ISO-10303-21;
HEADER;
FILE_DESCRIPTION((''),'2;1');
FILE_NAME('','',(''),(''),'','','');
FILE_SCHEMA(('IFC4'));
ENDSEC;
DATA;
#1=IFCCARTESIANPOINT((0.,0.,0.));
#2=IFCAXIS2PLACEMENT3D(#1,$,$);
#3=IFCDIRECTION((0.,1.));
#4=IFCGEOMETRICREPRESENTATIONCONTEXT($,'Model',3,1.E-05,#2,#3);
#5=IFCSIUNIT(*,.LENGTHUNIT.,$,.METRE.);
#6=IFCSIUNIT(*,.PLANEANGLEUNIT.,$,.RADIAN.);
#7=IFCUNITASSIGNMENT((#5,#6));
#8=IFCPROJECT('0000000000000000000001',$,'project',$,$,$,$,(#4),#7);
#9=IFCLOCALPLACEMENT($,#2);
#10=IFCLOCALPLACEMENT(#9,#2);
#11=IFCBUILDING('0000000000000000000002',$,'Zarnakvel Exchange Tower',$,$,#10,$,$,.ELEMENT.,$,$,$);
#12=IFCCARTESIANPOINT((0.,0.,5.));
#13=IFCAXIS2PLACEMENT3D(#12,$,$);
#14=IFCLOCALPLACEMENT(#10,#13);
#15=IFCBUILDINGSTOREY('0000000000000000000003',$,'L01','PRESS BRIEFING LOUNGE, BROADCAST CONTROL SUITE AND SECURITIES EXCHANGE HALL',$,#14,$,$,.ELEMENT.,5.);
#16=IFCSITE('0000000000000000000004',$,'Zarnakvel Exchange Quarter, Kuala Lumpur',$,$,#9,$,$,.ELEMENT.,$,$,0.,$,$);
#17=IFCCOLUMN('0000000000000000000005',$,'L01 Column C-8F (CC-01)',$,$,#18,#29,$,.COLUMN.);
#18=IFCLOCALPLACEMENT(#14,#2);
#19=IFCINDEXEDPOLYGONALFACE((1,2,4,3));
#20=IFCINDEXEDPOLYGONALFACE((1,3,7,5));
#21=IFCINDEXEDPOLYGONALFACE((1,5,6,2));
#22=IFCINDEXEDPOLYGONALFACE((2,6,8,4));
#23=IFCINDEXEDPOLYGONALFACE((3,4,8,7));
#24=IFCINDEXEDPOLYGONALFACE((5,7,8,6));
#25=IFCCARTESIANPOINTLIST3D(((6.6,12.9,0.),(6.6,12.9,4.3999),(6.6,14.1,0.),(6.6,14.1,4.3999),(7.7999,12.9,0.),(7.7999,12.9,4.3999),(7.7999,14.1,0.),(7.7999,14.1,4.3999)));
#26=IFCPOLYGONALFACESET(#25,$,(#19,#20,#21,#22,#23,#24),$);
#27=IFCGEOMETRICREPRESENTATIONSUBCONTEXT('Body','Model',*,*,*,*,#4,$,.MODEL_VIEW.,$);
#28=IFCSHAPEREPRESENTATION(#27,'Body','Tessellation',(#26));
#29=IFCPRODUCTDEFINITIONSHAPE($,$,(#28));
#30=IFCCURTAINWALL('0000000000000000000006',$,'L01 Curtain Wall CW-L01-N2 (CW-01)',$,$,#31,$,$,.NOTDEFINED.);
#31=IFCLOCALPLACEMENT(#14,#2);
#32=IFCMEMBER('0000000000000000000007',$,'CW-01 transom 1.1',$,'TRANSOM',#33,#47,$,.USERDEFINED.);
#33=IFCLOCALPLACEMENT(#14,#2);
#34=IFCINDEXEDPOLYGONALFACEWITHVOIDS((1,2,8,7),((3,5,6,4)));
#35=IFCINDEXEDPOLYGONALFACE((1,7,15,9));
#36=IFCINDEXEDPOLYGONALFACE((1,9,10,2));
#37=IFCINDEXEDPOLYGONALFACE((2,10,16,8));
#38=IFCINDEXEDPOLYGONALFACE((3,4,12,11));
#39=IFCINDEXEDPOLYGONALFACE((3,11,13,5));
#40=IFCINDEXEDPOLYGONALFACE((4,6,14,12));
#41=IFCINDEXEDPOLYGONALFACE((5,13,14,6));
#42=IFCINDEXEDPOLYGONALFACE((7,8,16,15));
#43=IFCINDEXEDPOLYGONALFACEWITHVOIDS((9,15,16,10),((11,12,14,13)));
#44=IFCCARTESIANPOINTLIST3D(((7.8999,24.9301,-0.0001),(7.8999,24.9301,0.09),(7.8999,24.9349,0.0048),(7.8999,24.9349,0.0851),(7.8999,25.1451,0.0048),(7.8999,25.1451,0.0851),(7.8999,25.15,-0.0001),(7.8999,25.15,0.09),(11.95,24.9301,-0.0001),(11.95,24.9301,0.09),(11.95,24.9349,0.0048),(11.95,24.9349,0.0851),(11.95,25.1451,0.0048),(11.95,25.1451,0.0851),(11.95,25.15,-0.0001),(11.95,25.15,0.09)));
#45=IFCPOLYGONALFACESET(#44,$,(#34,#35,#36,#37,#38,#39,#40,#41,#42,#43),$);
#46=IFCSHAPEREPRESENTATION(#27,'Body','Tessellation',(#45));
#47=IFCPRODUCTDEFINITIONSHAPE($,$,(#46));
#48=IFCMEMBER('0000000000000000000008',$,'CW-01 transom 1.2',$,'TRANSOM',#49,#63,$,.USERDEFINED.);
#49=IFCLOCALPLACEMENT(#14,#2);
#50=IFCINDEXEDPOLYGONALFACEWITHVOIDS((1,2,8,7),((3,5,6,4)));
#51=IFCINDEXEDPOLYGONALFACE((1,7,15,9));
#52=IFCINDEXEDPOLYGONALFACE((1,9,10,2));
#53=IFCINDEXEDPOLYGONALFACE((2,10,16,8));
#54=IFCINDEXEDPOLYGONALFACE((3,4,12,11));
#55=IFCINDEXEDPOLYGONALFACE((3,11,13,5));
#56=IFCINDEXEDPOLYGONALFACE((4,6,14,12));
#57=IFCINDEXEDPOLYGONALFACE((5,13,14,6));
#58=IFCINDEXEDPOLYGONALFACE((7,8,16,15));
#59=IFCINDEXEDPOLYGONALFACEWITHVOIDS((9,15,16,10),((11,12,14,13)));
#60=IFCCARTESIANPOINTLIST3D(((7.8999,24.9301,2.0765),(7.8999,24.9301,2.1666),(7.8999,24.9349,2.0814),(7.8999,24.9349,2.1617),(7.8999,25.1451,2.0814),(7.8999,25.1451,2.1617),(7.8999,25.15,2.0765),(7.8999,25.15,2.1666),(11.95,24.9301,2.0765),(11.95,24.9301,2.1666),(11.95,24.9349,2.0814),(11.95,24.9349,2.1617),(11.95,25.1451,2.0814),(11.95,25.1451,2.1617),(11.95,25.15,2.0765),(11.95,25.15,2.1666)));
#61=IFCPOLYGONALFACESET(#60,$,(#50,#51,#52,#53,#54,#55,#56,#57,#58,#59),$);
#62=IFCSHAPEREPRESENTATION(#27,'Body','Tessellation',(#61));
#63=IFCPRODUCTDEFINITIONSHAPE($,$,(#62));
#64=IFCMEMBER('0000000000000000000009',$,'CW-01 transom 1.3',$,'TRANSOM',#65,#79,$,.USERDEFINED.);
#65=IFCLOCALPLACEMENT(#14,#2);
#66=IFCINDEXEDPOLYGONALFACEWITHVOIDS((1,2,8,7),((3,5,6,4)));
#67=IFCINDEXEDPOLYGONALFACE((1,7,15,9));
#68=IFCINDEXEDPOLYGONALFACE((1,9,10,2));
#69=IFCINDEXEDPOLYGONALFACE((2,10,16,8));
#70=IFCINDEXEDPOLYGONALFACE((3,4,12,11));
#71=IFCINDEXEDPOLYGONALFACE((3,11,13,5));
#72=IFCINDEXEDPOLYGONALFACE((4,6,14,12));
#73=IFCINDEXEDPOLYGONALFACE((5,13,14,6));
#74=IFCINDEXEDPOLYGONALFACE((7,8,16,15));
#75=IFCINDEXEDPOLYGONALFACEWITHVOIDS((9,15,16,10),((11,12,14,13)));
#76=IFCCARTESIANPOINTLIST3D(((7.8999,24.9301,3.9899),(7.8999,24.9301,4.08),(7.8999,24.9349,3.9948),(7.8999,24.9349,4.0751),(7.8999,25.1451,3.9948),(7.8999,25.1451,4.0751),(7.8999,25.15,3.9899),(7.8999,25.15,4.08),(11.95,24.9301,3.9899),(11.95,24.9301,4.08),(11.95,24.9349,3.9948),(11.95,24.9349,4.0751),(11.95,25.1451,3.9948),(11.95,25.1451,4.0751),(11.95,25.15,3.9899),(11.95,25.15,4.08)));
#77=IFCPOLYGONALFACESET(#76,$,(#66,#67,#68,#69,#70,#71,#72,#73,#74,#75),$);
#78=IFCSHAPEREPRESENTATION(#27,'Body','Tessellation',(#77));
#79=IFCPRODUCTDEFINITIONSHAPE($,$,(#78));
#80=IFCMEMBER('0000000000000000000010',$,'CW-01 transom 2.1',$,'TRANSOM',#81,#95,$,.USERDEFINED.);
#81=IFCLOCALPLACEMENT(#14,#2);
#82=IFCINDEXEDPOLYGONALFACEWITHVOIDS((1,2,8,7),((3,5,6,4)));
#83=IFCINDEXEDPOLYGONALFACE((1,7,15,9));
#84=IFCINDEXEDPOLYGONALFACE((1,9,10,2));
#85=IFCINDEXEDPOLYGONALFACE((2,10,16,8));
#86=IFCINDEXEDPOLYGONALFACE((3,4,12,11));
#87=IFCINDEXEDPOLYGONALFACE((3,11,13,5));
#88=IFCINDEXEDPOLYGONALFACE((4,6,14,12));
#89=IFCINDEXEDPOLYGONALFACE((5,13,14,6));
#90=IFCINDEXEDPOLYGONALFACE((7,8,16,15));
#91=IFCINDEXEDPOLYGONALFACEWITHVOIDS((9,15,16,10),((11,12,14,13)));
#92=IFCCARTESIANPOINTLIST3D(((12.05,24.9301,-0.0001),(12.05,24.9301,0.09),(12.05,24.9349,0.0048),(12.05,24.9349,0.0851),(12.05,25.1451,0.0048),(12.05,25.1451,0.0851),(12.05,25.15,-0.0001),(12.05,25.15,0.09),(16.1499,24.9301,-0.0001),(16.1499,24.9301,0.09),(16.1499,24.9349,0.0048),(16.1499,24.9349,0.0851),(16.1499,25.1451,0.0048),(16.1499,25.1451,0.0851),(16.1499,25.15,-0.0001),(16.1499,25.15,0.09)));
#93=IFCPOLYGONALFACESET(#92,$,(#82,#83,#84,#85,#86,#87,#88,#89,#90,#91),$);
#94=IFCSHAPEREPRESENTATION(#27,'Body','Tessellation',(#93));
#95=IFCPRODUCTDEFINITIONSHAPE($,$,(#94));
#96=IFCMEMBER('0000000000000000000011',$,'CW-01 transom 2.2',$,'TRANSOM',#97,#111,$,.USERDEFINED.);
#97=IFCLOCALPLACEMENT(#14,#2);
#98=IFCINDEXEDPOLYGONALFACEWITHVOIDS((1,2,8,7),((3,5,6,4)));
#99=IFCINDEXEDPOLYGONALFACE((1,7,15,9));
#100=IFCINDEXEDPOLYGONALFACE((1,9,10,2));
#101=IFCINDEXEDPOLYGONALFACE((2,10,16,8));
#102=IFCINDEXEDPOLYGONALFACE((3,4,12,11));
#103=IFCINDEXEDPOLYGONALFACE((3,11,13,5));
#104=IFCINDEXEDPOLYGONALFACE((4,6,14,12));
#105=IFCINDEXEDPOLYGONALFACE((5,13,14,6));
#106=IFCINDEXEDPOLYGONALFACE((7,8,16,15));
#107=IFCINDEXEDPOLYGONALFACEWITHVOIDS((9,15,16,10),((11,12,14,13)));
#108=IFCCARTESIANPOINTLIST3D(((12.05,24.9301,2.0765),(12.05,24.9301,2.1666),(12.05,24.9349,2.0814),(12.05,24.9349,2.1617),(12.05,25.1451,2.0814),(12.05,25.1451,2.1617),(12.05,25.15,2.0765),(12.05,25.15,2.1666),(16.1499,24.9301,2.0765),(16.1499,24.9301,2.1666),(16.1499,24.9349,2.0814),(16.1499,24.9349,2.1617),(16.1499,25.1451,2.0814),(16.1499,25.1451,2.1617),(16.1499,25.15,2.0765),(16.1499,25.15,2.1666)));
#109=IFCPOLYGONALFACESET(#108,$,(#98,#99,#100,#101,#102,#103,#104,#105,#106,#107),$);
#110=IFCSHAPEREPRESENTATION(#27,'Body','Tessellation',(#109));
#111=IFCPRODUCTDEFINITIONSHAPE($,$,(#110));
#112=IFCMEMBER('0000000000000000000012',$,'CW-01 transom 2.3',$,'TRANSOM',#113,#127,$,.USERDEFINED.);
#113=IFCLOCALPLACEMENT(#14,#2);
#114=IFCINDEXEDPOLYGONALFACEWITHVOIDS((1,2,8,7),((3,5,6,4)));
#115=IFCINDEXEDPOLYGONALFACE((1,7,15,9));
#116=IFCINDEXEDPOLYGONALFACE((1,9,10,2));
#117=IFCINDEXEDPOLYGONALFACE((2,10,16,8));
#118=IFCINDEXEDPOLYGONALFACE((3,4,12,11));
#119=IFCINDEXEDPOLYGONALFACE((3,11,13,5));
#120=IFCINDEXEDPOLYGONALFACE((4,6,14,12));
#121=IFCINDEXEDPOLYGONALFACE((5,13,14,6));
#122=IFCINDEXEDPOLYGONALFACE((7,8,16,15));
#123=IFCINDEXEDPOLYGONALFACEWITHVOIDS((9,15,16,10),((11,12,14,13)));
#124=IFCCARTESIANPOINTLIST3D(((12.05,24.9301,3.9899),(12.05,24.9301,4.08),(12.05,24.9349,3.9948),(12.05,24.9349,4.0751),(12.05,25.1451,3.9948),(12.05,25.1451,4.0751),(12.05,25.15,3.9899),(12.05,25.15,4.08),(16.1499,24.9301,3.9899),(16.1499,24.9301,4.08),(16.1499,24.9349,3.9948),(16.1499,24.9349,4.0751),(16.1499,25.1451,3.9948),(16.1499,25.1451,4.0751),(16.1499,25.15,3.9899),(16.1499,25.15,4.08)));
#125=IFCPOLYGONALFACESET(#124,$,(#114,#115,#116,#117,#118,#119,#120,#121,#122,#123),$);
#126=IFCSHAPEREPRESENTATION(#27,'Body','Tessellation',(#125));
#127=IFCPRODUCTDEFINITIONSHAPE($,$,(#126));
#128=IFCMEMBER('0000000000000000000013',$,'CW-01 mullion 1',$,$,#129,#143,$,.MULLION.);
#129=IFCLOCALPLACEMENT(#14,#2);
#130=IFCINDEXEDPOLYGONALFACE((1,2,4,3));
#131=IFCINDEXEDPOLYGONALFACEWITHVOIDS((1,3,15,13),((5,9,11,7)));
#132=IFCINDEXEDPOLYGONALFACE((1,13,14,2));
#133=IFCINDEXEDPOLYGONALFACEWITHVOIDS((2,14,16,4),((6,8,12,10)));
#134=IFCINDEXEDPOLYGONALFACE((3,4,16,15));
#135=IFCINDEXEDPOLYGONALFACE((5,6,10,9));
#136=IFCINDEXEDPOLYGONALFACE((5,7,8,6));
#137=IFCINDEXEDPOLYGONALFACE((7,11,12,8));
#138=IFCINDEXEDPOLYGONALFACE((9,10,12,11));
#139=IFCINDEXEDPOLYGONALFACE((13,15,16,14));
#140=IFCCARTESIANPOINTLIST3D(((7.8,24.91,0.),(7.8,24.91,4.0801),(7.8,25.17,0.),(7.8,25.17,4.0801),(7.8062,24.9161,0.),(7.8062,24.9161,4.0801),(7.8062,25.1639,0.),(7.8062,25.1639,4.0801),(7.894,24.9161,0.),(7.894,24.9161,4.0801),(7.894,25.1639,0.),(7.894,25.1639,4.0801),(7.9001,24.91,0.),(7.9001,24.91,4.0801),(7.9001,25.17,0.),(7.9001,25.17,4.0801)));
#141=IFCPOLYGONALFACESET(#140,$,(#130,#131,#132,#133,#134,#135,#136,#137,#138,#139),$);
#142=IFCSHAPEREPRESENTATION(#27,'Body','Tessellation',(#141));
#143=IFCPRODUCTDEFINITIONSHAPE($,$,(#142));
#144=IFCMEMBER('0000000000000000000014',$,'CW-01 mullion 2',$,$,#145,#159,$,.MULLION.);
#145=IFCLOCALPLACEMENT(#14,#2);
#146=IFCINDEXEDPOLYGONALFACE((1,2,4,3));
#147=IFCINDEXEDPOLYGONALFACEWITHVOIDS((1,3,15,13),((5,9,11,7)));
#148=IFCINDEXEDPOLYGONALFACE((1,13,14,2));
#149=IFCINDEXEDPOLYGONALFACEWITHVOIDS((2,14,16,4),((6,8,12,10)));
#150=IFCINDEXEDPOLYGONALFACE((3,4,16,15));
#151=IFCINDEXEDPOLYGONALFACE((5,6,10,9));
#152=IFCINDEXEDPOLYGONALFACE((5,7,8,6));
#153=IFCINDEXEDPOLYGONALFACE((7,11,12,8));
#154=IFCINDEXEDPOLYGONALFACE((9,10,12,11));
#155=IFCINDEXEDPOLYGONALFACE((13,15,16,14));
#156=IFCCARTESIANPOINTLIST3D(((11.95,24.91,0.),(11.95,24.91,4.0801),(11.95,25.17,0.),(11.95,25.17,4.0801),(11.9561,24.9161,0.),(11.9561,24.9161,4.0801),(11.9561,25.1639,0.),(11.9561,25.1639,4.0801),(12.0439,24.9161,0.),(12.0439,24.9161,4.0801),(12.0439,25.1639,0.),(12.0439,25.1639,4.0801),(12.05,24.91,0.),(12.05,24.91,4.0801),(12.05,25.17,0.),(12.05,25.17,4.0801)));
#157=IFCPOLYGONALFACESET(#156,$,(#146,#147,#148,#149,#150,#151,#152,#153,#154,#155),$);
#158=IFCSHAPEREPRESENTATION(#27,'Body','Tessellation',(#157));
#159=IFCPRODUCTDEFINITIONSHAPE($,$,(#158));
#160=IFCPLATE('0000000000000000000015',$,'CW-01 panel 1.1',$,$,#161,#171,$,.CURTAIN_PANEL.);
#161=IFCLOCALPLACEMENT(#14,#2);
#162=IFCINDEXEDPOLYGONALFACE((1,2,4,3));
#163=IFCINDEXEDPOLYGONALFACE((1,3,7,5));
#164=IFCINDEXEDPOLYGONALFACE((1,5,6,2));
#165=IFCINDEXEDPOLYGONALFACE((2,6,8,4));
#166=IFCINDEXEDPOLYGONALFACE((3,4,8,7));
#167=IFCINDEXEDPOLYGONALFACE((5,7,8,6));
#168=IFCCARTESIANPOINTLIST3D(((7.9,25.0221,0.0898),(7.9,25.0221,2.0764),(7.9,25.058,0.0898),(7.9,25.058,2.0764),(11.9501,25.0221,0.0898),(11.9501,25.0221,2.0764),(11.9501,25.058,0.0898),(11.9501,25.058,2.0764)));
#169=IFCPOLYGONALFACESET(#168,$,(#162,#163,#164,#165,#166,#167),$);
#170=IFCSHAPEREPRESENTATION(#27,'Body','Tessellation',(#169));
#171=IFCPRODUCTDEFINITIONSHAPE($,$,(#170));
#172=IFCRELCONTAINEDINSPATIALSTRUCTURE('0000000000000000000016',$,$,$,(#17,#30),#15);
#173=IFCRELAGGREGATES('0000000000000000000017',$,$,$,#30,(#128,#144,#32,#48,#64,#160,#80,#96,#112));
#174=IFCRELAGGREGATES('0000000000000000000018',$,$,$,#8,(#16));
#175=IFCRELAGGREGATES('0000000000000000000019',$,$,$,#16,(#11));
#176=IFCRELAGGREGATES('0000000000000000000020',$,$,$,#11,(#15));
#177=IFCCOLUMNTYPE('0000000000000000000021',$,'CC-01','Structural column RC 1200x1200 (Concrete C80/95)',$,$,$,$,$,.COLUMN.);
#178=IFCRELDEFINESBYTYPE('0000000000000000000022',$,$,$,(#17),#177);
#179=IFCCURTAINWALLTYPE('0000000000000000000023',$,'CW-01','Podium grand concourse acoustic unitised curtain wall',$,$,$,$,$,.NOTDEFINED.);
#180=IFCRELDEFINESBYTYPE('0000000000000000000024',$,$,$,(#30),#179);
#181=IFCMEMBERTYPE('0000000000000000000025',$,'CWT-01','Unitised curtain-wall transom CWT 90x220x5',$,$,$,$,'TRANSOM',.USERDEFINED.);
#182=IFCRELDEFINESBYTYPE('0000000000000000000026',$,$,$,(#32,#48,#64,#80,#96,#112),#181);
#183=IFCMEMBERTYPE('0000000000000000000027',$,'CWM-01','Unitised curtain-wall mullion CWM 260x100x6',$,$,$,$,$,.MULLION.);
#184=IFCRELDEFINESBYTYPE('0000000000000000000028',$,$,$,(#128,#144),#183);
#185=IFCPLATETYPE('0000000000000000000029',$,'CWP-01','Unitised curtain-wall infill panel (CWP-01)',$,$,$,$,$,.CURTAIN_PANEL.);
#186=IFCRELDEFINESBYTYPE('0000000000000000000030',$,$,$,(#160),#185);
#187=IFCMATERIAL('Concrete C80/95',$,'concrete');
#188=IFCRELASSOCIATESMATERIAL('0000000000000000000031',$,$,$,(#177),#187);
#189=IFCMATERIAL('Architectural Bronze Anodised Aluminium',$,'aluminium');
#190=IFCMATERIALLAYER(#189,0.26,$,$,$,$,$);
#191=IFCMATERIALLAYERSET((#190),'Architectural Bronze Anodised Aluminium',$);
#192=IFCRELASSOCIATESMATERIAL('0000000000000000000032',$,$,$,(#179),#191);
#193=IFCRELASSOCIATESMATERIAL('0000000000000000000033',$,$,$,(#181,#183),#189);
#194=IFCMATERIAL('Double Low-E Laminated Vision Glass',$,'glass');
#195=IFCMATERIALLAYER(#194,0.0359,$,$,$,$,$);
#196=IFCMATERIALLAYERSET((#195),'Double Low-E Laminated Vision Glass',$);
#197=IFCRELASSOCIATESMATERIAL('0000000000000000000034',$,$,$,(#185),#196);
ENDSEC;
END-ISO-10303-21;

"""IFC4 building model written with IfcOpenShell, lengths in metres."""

from ifc_helpers import new_model, si_unit, direction, frame, origin, origin_2d, place, context, subcontext, project, spatial, rectangle, hollow_rectangle, extrude, source, transform, mapped, material, layer, layer_set, material_profile, profile_set, type_object, element, aggregate, save


model = new_model("IFC4")

# Units and contexts
model_context = context("Model", 3, precision=1e-05, world=origin(), true_north=direction((0.0, 1.0)))
body_context = subcontext(model_context, "Body", "Model", "MODEL_VIEW")
ifc_project = project(units=[si_unit("LENGTHUNIT", "METRE"), si_unit("PLANEANGLEUNIT", "RADIAN")], contexts=[model_context])

# Site, building, storey
site_placement = place(None, origin())
site = spatial("IfcSite", under=ifc_project, at=site_placement, Name="Zarnakvel Exchange Quarter, Kuala Lumpur", CompositionType="ELEMENT", RefElevation=0.0)
building_placement = place(site_placement, origin())
building = spatial("IfcBuilding", under=site, at=building_placement, Name="Zarnakvel Exchange Tower", CompositionType="ELEMENT")
storey_placement = place(building_placement, frame((0.0, 0.0, 5.0)))
storey = spatial("IfcBuildingStorey", under=building, at=storey_placement, Name="L01", Description="PRESS BRIEFING LOUNGE, BROADCAST CONTROL SUITE AND SECURITIES EXCHANGE HALL", CompositionType="ELEMENT", Elevation=5.0)

# Column
ifc_material_1 = material(Name="Concrete C80/95", Category="concrete")
ifc_material_profile_1 = material_profile(ifc_material_1, rectangle(XDim=1.2, YDim=1.2, at=origin_2d()))
ifc_profile_set_1 = profile_set([ifc_material_profile_1], Name="Concrete C80/95")
column_type = type_object("IfcColumnType", Name="CC-01", Description="Structural column RC 1200x1200 (Concrete C80/95)", PredefinedType="COLUMN", material=ifc_profile_set_1)
column_placement = place(storey_placement, frame((7.2, 13.5, 0.0), z_axis=(0.0, 0.0, 1.0), x_axis=(1.0, 0.0, 0.0)))
element("IfcColumn", 1, at=column_placement, inside=storey, type_object=column_type, Name="L01 Column C-8F (CC-01)", PredefinedType="COLUMN", context=body_context, shape_type="SweptSolid", body=[
    extrude(rectangle(XDim=1.2, YDim=1.2, at=origin_2d()), origin(), (0.0, 0.0, 1.0), 4.3999),
])

# Curtain wall, members, plate
ifc_material_2 = material(Name="Architectural Bronze Anodised Aluminium", Category="aluminium")
ifc_layer_1 = layer(ifc_material_2, 0.26)
ifc_layer_set_1 = layer_set([ifc_layer_1], Name="Architectural Bronze Anodised Aluminium")
curtain_wall_type = type_object("IfcCurtainWallType", Name="CW-01", Description="Podium grand concourse acoustic unitised curtain wall", PredefinedType="NOTDEFINED", material=ifc_layer_set_1)
curtain_wall_placement = place(storey_placement, origin())
curtain_wall = element("IfcCurtainWall", 2, at=curtain_wall_placement, inside=storey, type_object=curtain_wall_type, Name="L01 Curtain Wall CW-L01-N2 (CW-01)", PredefinedType="NOTDEFINED")
ifc_material_profile_2 = material_profile(ifc_material_2, hollow_rectangle(XDim=0.22, YDim=0.0901, WallThickness=0.0049, at=origin_2d()))
ifc_profile_set_2 = profile_set([ifc_material_profile_2], Name="Architectural Bronze Anodised Aluminium")
member_type_1 = type_object("IfcMemberType", Name="CWT-01", Description="Unitised curtain-wall transom CWT 90x220x5", ElementType="TRANSOM", PredefinedType="USERDEFINED", material=ifc_profile_set_2)
shared_shape_1 = source(origin(), body_context, "Body", "SweptSolid", [
    extrude(hollow_rectangle(XDim=0.22, YDim=0.0901, WallThickness=0.0049, at=origin_2d()), origin(), (0.0, 0.0, 1.0), 4.05),
])
member_1_placement = place(storey_placement, frame((7.8999, 25.04, 0.0449), z_axis=(1.0, 0.0, 0.0), x_axis=(0.0, 1.0, 0.0)))
member_1 = element("IfcMember", 3, at=member_1_placement, type_object=member_type_1, Name="CW-01 transom 1.1", ObjectType="TRANSOM", PredefinedType="USERDEFINED", context=body_context, shape_type="MappedRepresentation", body=[
    mapped(shared_shape_1, transform((0.0, 0.0, 0.0), x_axis=(1.0, 0.0, 0.0), y_axis=(0.0, 1.0, 0.0), z_axis=(0.0, 0.0, 1.0), scale=1.0)),
])
member_2_placement = place(storey_placement, frame((7.8999, 25.04, 2.1216), z_axis=(1.0, 0.0, 0.0), x_axis=(0.0, 1.0, 0.0)))
member_2 = element("IfcMember", 4, at=member_2_placement, type_object=member_type_1, Name="CW-01 transom 1.2", ObjectType="TRANSOM", PredefinedType="USERDEFINED", context=body_context, shape_type="MappedRepresentation", body=[
    mapped(shared_shape_1, transform((0.0, 0.0, 0.0), x_axis=(1.0, 0.0, 0.0), y_axis=(0.0, 1.0, 0.0), z_axis=(0.0, 0.0, 1.0), scale=1.0)),
])
member_3_placement = place(storey_placement, frame((7.8999, 25.04, 4.0349), z_axis=(1.0, 0.0, 0.0), x_axis=(0.0, 1.0, 0.0)))
member_3 = element("IfcMember", 5, at=member_3_placement, type_object=member_type_1, Name="CW-01 transom 1.3", ObjectType="TRANSOM", PredefinedType="USERDEFINED", context=body_context, shape_type="MappedRepresentation", body=[
    mapped(shared_shape_1, transform((0.0, 0.0, 0.0), x_axis=(1.0, 0.0, 0.0), y_axis=(0.0, 1.0, 0.0), z_axis=(0.0, 0.0, 1.0), scale=1.0)),
])
shared_shape_2 = source(origin(), body_context, "Body", "SweptSolid", [
    extrude(hollow_rectangle(XDim=0.22, YDim=0.0901, WallThickness=0.0049, at=origin_2d()), origin(), (0.0, 0.0, 1.0), 4.0999),
])
member_4_placement = place(storey_placement, frame((12.05, 25.04, 0.0449), z_axis=(1.0, 0.0, 0.0), x_axis=(0.0, 1.0, 0.0)))
member_4 = element("IfcMember", 6, at=member_4_placement, type_object=member_type_1, Name="CW-01 transom 2.1", ObjectType="TRANSOM", PredefinedType="USERDEFINED", context=body_context, shape_type="MappedRepresentation", body=[
    mapped(shared_shape_2, transform((0.0, 0.0, 0.0), x_axis=(1.0, 0.0, 0.0), y_axis=(0.0, 1.0, 0.0), z_axis=(0.0, 0.0, 1.0), scale=1.0)),
])
member_5_placement = place(storey_placement, frame((12.05, 25.04, 2.1216), z_axis=(1.0, 0.0, 0.0), x_axis=(0.0, 1.0, 0.0)))
member_5 = element("IfcMember", 7, at=member_5_placement, type_object=member_type_1, Name="CW-01 transom 2.2", ObjectType="TRANSOM", PredefinedType="USERDEFINED", context=body_context, shape_type="MappedRepresentation", body=[
    mapped(shared_shape_2, transform((0.0, 0.0, 0.0), x_axis=(1.0, 0.0, 0.0), y_axis=(0.0, 1.0, 0.0), z_axis=(0.0, 0.0, 1.0), scale=1.0)),
])
member_6_placement = place(storey_placement, frame((12.05, 25.04, 4.0349), z_axis=(1.0, 0.0, 0.0), x_axis=(0.0, 1.0, 0.0)))
member_6 = element("IfcMember", 8, at=member_6_placement, type_object=member_type_1, Name="CW-01 transom 2.3", ObjectType="TRANSOM", PredefinedType="USERDEFINED", context=body_context, shape_type="MappedRepresentation", body=[
    mapped(shared_shape_2, transform((0.0, 0.0, 0.0), x_axis=(1.0, 0.0, 0.0), y_axis=(0.0, 1.0, 0.0), z_axis=(0.0, 0.0, 1.0), scale=1.0)),
])
ifc_material_profile_3 = material_profile(ifc_material_2, hollow_rectangle(XDim=0.26, YDim=0.1001, WallThickness=0.0061, at=origin_2d()))
ifc_profile_set_3 = profile_set([ifc_material_profile_3], Name="Architectural Bronze Anodised Aluminium")
member_type_2 = type_object("IfcMemberType", Name="CWM-01", Description="Unitised curtain-wall mullion CWM 260x100x6", PredefinedType="MULLION", material=ifc_profile_set_3)
shared_shape_3 = source(origin(), body_context, "Body", "SweptSolid", [
    extrude(hollow_rectangle(XDim=0.26, YDim=0.1001, WallThickness=0.0061, at=origin_2d()), origin(), (0.0, 0.0, 1.0), 4.0801),
])
member_7_placement = place(storey_placement, frame((7.8501, 25.04, 0.0), z_axis=(0.0, 0.0, 1.0), x_axis=(0.0, 1.0, 0.0)))
member_7 = element("IfcMember", 9, at=member_7_placement, type_object=member_type_2, Name="CW-01 mullion 1", PredefinedType="MULLION", context=body_context, shape_type="MappedRepresentation", body=[
    mapped(shared_shape_3, transform((0.0, 0.0, 0.0), x_axis=(1.0, 0.0, 0.0), y_axis=(0.0, 1.0, 0.0), z_axis=(0.0, 0.0, 1.0), scale=1.0)),
])
member_8_placement = place(storey_placement, frame((12.0, 25.04, 0.0), z_axis=(0.0, 0.0, 1.0), x_axis=(0.0, 1.0, 0.0)))
member_8 = element("IfcMember", 10, at=member_8_placement, type_object=member_type_2, Name="CW-01 mullion 2", PredefinedType="MULLION", context=body_context, shape_type="MappedRepresentation", body=[
    mapped(shared_shape_3, transform((0.0, 0.0, 0.0), x_axis=(1.0, 0.0, 0.0), y_axis=(0.0, 1.0, 0.0), z_axis=(0.0, 0.0, 1.0), scale=1.0)),
])
ifc_material_3 = material(Name="Double Low-E Laminated Vision Glass", Category="glass")
ifc_layer_2 = layer(ifc_material_3, 0.0359)
ifc_layer_set_2 = layer_set([ifc_layer_2], Name="Double Low-E Laminated Vision Glass")
plate_type = type_object("IfcPlateType", Name="CWP-01", Description="Unitised curtain-wall infill panel (CWP-01)", PredefinedType="CURTAIN_PANEL", material=ifc_layer_set_2)
shared_shape_4 = source(origin(), body_context, "Body", "SweptSolid", [
    extrude(rectangle(XDim=4.05, YDim=0.0359, at=origin_2d()), origin(), (0.0, 0.0, 1.0), 1.9866),
])
plate_1_placement = place(storey_placement, frame((9.925, 25.04, 0.0898), z_axis=(0.0, 0.0, 1.0), x_axis=(1.0, 0.0, 0.0)))
plate_1 = element("IfcPlate", 11, at=plate_1_placement, type_object=plate_type, Name="CW-01 panel 1.1", PredefinedType="CURTAIN_PANEL", context=body_context, shape_type="MappedRepresentation", body=[
    mapped(shared_shape_4, transform((0.0, 0.0, 0.0), x_axis=(1.0, 0.0, 0.0), y_axis=(0.0, 1.0, 0.0), z_axis=(0.0, 0.0, 1.0), scale=1.0)),
])
aggregate(curtain_wall, [member_7, member_8, member_1, member_2, member_3, plate_1, member_4, member_5, member_6])

save(model, "model.ifc")
